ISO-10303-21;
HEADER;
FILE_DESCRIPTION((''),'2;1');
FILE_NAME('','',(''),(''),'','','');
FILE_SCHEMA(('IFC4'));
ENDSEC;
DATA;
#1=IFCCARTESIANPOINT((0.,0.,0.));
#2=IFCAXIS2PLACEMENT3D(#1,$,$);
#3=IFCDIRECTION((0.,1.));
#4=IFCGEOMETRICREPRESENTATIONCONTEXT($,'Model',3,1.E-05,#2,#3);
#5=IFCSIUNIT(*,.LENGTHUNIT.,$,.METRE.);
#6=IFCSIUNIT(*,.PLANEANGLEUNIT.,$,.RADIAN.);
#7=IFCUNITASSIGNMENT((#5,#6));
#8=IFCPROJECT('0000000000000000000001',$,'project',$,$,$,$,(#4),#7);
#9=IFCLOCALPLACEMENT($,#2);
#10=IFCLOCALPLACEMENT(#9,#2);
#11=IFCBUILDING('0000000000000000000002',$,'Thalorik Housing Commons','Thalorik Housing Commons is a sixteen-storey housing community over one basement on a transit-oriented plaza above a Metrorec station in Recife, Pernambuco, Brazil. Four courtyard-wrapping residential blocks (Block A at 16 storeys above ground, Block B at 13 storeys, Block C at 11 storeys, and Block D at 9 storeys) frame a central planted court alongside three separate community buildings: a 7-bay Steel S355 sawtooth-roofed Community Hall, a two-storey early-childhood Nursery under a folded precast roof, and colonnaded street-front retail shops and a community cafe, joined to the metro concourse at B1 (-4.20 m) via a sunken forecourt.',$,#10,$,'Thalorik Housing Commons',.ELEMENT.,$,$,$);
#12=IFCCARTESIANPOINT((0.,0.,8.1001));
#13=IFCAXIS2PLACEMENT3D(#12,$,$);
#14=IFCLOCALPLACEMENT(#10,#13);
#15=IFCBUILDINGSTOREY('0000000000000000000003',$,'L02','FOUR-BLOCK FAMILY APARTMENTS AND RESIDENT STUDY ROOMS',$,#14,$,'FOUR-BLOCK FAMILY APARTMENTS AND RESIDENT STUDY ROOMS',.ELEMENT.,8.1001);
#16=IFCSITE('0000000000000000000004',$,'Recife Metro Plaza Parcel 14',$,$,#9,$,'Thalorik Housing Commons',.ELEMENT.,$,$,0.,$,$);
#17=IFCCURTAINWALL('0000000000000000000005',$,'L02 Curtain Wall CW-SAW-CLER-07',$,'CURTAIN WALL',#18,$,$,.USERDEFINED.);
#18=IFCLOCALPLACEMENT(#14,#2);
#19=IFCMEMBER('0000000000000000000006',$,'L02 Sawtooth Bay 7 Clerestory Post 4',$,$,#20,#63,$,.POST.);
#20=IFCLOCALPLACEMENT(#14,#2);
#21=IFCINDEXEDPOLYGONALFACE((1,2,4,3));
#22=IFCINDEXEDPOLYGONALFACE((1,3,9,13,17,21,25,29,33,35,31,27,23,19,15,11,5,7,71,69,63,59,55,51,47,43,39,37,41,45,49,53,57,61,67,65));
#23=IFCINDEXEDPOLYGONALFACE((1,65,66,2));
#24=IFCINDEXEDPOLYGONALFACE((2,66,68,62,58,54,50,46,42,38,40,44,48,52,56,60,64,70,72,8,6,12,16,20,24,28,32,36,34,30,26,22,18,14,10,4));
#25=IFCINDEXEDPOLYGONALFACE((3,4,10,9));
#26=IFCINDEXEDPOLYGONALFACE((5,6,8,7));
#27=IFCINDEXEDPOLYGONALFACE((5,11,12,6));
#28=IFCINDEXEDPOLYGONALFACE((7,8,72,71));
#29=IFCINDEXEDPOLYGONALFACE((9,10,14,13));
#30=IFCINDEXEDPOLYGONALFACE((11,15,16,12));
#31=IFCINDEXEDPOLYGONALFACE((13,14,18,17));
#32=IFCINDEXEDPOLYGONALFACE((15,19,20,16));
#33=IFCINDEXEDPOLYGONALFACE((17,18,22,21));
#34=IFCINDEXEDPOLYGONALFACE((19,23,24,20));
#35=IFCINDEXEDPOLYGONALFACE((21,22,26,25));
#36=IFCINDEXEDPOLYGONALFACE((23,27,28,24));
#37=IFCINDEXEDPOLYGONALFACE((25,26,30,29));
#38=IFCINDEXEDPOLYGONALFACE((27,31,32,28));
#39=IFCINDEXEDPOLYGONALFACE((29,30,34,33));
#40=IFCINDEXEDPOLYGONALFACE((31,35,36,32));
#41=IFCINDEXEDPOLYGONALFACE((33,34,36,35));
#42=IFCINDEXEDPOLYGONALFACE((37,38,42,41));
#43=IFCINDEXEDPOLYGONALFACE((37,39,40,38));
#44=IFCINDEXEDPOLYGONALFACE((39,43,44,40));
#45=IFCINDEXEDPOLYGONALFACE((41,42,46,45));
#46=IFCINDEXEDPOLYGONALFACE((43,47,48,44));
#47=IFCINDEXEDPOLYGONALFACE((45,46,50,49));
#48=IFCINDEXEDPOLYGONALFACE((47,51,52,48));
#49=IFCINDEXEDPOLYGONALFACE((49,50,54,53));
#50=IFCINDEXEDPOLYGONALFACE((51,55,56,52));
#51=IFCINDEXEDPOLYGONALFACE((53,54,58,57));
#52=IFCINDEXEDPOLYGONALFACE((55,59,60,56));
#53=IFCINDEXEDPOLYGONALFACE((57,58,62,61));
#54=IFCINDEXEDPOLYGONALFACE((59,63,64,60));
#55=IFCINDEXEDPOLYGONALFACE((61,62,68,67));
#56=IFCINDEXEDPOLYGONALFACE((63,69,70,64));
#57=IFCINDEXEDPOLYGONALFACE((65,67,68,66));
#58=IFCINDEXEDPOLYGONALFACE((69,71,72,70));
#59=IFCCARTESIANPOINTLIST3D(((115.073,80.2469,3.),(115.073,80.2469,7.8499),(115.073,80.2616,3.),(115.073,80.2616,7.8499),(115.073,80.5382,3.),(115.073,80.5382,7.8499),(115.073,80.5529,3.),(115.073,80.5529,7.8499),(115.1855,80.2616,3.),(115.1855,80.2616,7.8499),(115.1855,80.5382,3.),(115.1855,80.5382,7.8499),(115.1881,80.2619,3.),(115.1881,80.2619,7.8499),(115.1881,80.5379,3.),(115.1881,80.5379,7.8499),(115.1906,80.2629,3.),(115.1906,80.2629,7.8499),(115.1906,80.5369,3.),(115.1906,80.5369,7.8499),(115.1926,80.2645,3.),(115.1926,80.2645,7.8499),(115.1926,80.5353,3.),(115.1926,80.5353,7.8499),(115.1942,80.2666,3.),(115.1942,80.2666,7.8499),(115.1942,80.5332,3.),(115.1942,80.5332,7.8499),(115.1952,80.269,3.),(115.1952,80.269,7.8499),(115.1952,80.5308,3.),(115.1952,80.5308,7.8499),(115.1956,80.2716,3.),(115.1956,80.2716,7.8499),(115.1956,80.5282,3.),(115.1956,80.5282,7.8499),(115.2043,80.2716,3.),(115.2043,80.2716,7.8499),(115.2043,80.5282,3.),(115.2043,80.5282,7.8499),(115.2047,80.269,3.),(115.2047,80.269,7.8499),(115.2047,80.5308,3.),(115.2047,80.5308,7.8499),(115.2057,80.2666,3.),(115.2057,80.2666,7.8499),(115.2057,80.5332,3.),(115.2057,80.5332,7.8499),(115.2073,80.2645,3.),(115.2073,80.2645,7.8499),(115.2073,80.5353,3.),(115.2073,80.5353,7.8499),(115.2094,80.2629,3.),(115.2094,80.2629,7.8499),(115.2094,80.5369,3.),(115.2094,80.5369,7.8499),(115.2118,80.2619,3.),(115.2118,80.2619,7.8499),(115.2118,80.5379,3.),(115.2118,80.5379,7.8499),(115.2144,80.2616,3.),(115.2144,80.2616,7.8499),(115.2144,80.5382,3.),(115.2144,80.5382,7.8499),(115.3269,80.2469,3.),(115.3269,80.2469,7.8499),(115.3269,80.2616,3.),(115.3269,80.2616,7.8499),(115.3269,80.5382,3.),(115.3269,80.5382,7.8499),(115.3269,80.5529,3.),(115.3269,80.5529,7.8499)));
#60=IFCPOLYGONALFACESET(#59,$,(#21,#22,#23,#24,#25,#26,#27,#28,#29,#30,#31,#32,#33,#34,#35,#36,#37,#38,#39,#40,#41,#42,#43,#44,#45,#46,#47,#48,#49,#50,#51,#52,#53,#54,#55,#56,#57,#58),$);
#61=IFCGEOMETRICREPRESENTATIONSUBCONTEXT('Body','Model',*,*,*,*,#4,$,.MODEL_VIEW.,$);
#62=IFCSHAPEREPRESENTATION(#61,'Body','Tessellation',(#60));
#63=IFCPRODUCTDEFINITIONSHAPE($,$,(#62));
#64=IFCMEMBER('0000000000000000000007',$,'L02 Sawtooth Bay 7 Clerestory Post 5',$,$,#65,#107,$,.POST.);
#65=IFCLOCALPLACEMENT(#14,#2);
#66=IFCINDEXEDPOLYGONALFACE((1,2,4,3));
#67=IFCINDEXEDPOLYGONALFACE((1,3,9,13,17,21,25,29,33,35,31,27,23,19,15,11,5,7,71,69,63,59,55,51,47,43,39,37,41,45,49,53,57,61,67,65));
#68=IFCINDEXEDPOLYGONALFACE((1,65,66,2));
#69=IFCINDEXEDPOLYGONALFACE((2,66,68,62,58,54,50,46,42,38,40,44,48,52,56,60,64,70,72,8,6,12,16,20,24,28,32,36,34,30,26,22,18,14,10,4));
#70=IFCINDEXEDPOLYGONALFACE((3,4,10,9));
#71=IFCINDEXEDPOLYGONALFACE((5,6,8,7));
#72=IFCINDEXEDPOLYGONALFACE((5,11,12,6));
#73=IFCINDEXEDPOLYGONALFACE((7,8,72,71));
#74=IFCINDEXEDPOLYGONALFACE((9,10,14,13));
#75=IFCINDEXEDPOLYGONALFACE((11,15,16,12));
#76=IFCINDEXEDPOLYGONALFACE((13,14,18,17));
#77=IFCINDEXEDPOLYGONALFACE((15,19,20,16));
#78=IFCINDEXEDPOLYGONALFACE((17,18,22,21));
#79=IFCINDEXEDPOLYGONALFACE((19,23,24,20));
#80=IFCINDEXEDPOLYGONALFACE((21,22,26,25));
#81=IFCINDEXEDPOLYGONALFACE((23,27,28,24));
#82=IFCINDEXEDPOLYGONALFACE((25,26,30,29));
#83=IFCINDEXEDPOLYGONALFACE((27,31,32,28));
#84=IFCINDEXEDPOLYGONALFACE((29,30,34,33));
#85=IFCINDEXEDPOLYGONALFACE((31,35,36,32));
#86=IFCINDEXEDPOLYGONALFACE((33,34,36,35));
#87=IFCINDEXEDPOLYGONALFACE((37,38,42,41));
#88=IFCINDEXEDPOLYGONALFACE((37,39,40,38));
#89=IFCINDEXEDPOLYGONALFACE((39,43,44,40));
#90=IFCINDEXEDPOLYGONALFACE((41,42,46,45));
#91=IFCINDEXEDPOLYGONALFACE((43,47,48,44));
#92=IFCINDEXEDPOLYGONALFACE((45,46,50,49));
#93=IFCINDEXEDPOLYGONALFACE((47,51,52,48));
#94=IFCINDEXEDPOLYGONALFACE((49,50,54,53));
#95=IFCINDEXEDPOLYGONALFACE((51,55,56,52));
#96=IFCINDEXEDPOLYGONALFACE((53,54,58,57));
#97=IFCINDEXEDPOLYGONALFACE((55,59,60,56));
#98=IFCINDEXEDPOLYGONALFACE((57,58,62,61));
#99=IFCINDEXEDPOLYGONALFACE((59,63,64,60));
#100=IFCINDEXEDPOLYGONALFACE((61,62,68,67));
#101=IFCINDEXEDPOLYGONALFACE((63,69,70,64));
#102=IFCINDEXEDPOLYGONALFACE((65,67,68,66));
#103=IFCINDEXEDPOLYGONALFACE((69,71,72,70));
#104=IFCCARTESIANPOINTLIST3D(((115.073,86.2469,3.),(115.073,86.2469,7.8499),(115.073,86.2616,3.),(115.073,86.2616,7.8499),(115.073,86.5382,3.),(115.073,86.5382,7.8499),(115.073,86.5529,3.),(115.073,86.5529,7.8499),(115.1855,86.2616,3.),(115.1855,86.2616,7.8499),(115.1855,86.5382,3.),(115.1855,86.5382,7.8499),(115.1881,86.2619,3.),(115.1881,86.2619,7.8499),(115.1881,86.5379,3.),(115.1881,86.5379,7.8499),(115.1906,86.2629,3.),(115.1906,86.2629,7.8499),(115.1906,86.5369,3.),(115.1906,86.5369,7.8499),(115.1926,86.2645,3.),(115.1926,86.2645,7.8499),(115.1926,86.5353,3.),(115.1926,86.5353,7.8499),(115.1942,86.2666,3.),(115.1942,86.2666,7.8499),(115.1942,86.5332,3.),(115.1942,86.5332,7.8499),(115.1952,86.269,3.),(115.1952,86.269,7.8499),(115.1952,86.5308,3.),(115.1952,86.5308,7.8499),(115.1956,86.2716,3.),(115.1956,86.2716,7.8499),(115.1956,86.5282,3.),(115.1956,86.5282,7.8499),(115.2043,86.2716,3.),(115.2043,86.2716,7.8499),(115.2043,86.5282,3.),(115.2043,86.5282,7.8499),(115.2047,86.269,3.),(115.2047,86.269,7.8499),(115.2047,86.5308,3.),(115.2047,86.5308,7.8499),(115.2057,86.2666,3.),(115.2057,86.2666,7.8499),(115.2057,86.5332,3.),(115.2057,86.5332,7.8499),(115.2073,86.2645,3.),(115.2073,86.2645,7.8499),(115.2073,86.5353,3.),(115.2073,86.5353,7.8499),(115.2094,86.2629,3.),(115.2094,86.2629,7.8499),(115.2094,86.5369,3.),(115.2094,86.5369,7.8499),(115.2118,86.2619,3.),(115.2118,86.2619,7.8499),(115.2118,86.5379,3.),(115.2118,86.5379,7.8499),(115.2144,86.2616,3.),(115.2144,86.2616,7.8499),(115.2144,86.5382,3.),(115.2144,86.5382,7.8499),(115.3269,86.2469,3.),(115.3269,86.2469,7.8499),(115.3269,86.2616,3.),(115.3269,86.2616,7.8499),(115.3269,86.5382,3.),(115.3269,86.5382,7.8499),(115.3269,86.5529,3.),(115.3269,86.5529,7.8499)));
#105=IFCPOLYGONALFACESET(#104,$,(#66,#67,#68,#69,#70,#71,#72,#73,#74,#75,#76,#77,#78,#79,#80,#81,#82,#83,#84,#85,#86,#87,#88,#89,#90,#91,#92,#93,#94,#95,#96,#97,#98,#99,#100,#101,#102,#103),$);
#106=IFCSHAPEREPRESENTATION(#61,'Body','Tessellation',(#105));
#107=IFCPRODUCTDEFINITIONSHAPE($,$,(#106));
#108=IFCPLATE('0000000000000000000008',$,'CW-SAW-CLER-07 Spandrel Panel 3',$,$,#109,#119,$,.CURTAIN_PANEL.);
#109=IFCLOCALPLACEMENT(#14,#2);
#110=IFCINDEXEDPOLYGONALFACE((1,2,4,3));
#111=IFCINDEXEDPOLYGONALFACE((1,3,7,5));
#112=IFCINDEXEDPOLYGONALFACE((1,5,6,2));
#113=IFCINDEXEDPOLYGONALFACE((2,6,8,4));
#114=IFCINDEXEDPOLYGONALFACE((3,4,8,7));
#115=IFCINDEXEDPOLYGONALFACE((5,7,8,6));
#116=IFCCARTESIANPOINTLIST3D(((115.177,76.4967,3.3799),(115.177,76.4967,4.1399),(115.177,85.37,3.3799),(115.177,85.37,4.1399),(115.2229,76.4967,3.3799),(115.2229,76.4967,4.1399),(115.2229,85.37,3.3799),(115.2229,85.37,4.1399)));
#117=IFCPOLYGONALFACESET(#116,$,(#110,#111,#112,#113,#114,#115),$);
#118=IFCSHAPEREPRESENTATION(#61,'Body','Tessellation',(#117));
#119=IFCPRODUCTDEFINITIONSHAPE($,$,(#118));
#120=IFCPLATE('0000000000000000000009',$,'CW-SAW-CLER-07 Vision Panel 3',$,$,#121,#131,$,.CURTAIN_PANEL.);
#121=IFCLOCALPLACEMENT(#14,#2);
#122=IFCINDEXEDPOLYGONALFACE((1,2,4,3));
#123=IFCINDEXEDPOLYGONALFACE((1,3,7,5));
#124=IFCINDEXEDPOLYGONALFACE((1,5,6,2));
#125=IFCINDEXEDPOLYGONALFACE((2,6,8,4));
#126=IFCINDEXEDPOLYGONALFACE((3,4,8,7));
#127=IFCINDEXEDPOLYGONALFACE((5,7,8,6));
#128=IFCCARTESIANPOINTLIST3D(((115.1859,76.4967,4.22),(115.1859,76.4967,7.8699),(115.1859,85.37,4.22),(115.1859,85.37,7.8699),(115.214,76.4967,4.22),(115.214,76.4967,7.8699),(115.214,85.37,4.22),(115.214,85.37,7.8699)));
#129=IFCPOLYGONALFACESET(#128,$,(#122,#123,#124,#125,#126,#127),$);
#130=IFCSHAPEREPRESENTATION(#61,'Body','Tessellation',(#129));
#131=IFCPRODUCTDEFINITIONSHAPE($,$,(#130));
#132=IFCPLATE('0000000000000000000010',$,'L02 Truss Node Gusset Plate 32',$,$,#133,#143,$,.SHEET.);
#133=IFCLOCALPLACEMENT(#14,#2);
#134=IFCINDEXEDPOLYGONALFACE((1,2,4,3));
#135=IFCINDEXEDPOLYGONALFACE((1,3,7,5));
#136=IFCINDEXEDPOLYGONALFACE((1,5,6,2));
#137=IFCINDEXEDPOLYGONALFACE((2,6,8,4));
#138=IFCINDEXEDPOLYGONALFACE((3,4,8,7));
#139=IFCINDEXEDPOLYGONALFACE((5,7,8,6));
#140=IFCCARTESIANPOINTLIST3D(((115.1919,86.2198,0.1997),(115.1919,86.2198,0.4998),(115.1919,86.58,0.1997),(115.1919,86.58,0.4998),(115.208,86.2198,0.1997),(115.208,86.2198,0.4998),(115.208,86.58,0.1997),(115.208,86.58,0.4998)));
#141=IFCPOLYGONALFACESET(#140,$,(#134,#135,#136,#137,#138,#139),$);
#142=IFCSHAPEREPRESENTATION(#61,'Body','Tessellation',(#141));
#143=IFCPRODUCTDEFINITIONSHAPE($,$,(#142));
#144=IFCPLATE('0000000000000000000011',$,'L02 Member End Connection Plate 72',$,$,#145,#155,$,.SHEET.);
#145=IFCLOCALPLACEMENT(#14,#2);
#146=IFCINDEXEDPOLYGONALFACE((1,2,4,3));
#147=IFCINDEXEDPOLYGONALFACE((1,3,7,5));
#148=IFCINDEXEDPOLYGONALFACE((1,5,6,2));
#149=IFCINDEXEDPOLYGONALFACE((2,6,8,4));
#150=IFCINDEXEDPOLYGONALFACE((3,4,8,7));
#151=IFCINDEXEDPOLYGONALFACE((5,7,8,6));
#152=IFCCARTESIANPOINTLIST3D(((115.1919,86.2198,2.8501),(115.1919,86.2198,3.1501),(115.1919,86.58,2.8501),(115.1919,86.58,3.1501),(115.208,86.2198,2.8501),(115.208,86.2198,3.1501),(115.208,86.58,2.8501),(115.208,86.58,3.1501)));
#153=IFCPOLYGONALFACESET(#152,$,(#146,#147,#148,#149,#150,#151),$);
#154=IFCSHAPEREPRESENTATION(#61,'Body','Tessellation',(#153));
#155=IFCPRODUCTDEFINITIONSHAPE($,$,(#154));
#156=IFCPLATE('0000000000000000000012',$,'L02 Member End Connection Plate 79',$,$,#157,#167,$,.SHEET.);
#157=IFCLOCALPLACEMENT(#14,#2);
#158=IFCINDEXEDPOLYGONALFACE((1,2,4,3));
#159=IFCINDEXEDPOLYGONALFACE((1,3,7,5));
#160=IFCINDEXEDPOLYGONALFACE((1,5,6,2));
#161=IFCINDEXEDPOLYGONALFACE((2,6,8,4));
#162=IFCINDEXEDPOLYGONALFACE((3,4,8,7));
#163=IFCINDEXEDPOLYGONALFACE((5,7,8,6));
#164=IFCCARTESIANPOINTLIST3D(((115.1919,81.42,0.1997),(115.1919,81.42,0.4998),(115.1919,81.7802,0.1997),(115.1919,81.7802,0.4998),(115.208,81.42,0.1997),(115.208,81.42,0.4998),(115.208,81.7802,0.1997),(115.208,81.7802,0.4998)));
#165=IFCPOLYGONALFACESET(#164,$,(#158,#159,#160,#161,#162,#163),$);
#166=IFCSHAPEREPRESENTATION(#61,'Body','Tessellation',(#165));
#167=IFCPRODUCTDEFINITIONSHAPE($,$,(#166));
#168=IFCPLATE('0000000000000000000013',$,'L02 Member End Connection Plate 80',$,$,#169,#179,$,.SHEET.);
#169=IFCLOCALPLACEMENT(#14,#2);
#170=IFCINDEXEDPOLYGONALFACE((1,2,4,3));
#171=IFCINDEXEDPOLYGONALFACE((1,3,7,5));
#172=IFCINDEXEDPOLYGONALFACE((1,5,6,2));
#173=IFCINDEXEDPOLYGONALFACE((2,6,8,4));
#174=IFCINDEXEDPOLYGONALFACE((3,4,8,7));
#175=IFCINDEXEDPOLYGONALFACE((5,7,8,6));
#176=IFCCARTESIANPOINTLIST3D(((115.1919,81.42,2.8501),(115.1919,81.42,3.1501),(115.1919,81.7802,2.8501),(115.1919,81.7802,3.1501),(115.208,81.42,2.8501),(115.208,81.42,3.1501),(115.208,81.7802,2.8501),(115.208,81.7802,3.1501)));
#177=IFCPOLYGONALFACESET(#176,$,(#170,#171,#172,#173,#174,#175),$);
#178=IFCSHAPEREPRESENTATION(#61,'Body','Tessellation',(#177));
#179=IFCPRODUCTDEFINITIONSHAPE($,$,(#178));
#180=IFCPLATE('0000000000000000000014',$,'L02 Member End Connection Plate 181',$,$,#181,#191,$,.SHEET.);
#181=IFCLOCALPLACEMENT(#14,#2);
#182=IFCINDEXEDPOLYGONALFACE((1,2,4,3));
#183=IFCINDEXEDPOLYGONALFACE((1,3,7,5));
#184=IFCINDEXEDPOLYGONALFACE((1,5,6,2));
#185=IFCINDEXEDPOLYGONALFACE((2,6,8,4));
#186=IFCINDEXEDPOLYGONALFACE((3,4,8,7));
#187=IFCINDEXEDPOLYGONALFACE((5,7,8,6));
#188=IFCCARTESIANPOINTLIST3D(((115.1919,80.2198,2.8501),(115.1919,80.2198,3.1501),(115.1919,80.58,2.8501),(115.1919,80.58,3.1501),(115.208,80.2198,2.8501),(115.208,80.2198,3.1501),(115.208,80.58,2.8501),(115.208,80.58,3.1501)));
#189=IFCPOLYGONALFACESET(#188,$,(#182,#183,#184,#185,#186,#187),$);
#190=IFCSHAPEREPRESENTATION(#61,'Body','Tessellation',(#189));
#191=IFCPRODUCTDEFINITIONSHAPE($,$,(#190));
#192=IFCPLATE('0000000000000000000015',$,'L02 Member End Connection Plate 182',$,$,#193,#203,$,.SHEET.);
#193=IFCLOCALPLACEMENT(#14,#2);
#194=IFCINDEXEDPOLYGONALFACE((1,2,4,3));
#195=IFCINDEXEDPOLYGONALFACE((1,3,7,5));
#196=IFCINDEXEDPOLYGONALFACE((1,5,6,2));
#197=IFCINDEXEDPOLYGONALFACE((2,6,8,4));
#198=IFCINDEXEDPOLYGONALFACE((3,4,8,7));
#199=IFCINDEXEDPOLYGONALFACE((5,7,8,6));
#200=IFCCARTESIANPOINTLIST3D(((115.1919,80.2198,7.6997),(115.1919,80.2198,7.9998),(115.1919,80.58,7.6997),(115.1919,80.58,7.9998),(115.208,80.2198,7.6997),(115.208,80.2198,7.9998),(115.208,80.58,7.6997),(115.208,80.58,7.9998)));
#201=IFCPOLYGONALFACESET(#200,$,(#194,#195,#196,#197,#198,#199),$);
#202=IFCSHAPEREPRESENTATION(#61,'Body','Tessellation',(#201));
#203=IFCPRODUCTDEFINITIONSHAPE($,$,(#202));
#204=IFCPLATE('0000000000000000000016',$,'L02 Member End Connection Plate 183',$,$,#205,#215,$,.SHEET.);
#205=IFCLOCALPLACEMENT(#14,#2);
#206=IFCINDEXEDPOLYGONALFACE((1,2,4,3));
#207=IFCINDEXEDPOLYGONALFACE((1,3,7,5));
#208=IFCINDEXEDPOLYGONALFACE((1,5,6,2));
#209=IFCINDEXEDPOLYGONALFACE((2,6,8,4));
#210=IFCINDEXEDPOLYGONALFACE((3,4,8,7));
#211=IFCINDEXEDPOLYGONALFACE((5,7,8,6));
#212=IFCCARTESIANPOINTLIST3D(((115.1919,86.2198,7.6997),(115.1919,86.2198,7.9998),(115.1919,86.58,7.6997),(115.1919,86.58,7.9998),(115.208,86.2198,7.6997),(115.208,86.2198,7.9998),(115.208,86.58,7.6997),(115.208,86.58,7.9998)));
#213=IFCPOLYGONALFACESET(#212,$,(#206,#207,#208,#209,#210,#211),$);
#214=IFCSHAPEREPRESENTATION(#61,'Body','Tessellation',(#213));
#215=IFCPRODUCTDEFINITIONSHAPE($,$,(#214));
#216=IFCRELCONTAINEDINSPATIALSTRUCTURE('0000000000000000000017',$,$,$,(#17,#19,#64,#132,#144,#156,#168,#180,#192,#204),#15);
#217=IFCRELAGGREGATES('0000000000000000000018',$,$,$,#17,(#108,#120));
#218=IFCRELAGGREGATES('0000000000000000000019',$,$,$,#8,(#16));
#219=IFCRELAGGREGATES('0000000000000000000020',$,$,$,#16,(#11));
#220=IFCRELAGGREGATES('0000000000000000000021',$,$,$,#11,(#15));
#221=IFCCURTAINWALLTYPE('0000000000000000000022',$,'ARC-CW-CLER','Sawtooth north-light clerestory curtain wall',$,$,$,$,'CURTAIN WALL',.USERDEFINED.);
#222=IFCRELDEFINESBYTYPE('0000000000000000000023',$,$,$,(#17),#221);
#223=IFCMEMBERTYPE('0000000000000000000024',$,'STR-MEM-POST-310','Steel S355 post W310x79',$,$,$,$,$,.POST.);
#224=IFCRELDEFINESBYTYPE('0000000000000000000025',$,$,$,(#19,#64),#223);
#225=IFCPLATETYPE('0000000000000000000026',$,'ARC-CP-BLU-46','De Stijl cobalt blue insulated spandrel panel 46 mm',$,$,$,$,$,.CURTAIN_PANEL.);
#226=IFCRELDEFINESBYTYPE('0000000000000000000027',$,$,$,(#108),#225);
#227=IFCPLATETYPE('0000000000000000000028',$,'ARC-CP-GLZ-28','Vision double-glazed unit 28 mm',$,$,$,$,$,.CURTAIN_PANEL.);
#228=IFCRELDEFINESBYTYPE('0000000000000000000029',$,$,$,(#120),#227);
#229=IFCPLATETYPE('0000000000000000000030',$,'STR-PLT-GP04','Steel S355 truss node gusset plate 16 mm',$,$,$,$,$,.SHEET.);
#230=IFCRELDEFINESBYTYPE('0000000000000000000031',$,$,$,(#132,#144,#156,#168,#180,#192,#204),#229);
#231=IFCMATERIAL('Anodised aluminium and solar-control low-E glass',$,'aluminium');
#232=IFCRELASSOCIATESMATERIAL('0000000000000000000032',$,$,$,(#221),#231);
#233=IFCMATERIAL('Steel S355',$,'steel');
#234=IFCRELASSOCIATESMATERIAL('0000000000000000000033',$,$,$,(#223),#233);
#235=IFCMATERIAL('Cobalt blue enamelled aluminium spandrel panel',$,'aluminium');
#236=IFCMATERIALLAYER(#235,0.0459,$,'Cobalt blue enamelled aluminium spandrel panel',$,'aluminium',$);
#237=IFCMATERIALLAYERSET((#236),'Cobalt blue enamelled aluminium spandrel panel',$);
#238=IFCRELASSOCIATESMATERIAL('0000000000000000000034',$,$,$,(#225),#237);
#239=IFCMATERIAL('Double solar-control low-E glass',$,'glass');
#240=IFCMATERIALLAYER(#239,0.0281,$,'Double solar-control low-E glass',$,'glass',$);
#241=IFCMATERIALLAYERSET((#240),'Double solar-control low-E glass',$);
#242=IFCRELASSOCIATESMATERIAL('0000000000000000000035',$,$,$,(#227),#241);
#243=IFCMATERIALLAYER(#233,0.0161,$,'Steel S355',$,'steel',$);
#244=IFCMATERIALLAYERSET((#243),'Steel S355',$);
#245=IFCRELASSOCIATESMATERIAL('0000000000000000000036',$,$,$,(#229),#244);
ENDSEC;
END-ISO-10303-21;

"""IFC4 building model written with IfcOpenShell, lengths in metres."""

from ifc_helpers import new_model, si_unit, direction, frame, origin, origin_2d, place, context, subcontext, project, spatial, rectangle, i_section, extrude, material, layer, layer_set, material_profile, profile_set, type_object, element, aggregate, save


model = new_model("IFC4")

# Units and contexts
model_context = context("Model", 3, precision=1e-05, world=origin(), true_north=direction((0.0, 1.0)))
body_context = subcontext(model_context, "Body", "Model", "MODEL_VIEW")
ifc_project = project(units=[si_unit("LENGTHUNIT", "METRE"), si_unit("PLANEANGLEUNIT", "RADIAN")], contexts=[model_context])

# Site, building, storey
site_placement = place(None, origin())
site = spatial("IfcSite", under=ifc_project, at=site_placement, Name="Recife Metro Plaza Parcel 14", LongName="Thalorik Housing Commons", CompositionType="ELEMENT", RefElevation=0.0)
building_placement = place(site_placement, origin())
building = spatial("IfcBuilding", under=site, at=building_placement, Name="Thalorik Housing Commons", Description="Thalorik Housing Commons is a sixteen-storey housing community over one basement on a transit-oriented plaza above a Metrorec station in Recife, Pernambuco, Brazil. Four courtyard-wrapping residential blocks (Block A at 16 storeys above ground, Block B at 13 storeys, Block C at 11 storeys, and Block D at 9 storeys) frame a central planted court alongside three separate community buildings: a 7-bay Steel S355 sawtooth-roofed Community Hall, a two-storey early-childhood Nursery under a folded precast roof, and colonnaded street-front retail shops and a community cafe, joined to the metro concourse at B1 (-4.20 m) via a sunken forecourt.", LongName="Thalorik Housing Commons", CompositionType="ELEMENT")
storey_placement = place(building_placement, frame((0.0, 0.0, 8.1001)))
storey = spatial("IfcBuildingStorey", under=building, at=storey_placement, Name="L02", Description="FOUR-BLOCK FAMILY APARTMENTS AND RESIDENT STUDY ROOMS", LongName="FOUR-BLOCK FAMILY APARTMENTS AND RESIDENT STUDY ROOMS", CompositionType="ELEMENT", Elevation=8.1001)

# Shared definitions
ifc_material_1 = material(Name="Steel S355", Category="steel")

# Curtain wall
ifc_material_2 = material(Name="Anodised aluminium and solar-control low-E glass", Category="aluminium")
curtain_wall_type = type_object("IfcCurtainWallType", Name="ARC-CW-CLER", Description="Sawtooth north-light clerestory curtain wall", ElementType="CURTAIN WALL", PredefinedType="USERDEFINED", material=ifc_material_2)
curtain_wall_placement = place(storey_placement, origin())
curtain_wall = element("IfcCurtainWall", 1, at=curtain_wall_placement, inside=storey, type_object=curtain_wall_type, Name="L02 Curtain Wall CW-SAW-CLER-07", ObjectType="CURTAIN WALL", PredefinedType="USERDEFINED")

# Members
ifc_material_profile_1 = material_profile(ifc_material_1, i_section(OverallWidth=0.2539, OverallDepth=0.3059, WebThickness=0.0088, FlangeThickness=0.0146, FilletRadius=0.01, at=origin_2d()), Name="W310x79", Category="steel")
ifc_profile_set_1 = profile_set([ifc_material_profile_1], Name="Steel S355")
member_type_1 = type_object("IfcMemberType", Name="STR-MEM-POST-310", Description="Steel S355 post W310x79", PredefinedType="POST", material=ifc_profile_set_1)
for number, where, z_axis, x_axis, name in (
    (2, (115.2, 80.3999, 3.0), (0.0, 0.0, 1.0), (1.0, 0.0, 0.0), "L02 Sawtooth Bay 7 Clerestory Post 4"),
    (3, (115.2, 86.3999, 3.0), (0.0, 0.0, 1.0), (1.0, 0.0, 0.0), "L02 Sawtooth Bay 7 Clerestory Post 5"),
):
    element("IfcMember", number, at=place(storey_placement, frame(where, z_axis=z_axis, x_axis=x_axis)), inside=storey, type_object=member_type_1, Name=name, PredefinedType="POST", context=body_context, shape_type="SweptSolid", body=[
        extrude(i_section(OverallWidth=0.2539, OverallDepth=0.3059, WebThickness=0.0088, FlangeThickness=0.0146, FilletRadius=0.01, at=origin_2d()), origin(), (0.0, 0.0, 1.0), 4.8499),
    ])

# Plates
ifc_material_3 = material(Name="Cobalt blue enamelled aluminium spandrel panel", Category="aluminium")
ifc_layer_1 = layer(ifc_material_3, 0.0459, Name="Cobalt blue enamelled aluminium spandrel panel", Category="aluminium")
ifc_layer_set_1 = layer_set([ifc_layer_1], Name="Cobalt blue enamelled aluminium spandrel panel")
plate_type_1 = type_object("IfcPlateType", Name="ARC-CP-BLU-46", Description="De Stijl cobalt blue insulated spandrel panel 46 mm", PredefinedType="CURTAIN_PANEL", material=ifc_layer_set_1)
plate_1_placement = place(storey_placement, frame((115.2, 80.9333, 3.3799), z_axis=(0.0, 0.0, 1.0), x_axis=(0.0, 1.0, 0.0)))
plate_1 = element("IfcPlate", 4, at=plate_1_placement, type_object=plate_type_1, Name="CW-SAW-CLER-07 Spandrel Panel 3", PredefinedType="CURTAIN_PANEL", context=body_context, shape_type="SweptSolid", body=[
    extrude(rectangle(XDim=8.8733, YDim=0.0459, at=origin_2d()), origin(), (0.0, 0.0, 1.0), 0.76),
])
ifc_material_4 = material(Name="Double solar-control low-E glass", Category="glass")
ifc_layer_2 = layer(ifc_material_4, 0.0281, Name="Double solar-control low-E glass", Category="glass")
ifc_layer_set_2 = layer_set([ifc_layer_2], Name="Double solar-control low-E glass")
plate_type_2 = type_object("IfcPlateType", Name="ARC-CP-GLZ-28", Description="Vision double-glazed unit 28 mm", PredefinedType="CURTAIN_PANEL", material=ifc_layer_set_2)
plate_2_placement = place(storey_placement, frame((115.2, 80.9333, 4.22), z_axis=(0.0, 0.0, 1.0), x_axis=(0.0, 1.0, 0.0)))
plate_2 = element("IfcPlate", 5, at=plate_2_placement, type_object=plate_type_2, Name="CW-SAW-CLER-07 Vision Panel 3", PredefinedType="CURTAIN_PANEL", context=body_context, shape_type="SweptSolid", body=[
    extrude(rectangle(XDim=8.8733, YDim=0.0281, at=origin_2d()), origin(), (0.0, 0.0, 1.0), 3.6499),
])
aggregate(curtain_wall, [plate_1, plate_2])

# Plates
ifc_layer_3 = layer(ifc_material_1, 0.0161, Name="Steel S355", Category="steel")
ifc_layer_set_3 = layer_set([ifc_layer_3], Name="Steel S355")
plate_type_3 = type_object("IfcPlateType", Name="STR-PLT-GP04", Description="Steel S355 truss node gusset plate 16 mm", PredefinedType="SHEET", material=ifc_layer_set_3)
for number, where, z_axis, x_axis, name in (
    (6, (115.2, 86.3999, 0.1997), (0.0, 0.0, 1.0), (1.0, 0.0, 0.0), "L02 Truss Node Gusset Plate 32"),
    (7, (115.2, 86.3999, 2.8501), (0.0, 0.0, 1.0), (1.0, 0.0, 0.0), "L02 Member End Connection Plate 72"),
    (8, (115.2, 81.6001, 0.1997), (0.0, 0.0, 1.0), (1.0, 0.0, 0.0), "L02 Member End Connection Plate 79"),
    (9, (115.2, 81.6001, 2.8501), (0.0, 0.0, 1.0), (1.0, 0.0, 0.0), "L02 Member End Connection Plate 80"),
    (10, (115.2, 80.3999, 2.8501), (0.0, 0.0, 1.0), (1.0, 0.0, 0.0), "L02 Member End Connection Plate 181"),
    (11, (115.2, 80.3999, 7.6997), (0.0, 0.0, 1.0), (1.0, 0.0, 0.0), "L02 Member End Connection Plate 182"),
    (12, (115.2, 86.3999, 7.6997), (0.0, 0.0, 1.0), (1.0, 0.0, 0.0), "L02 Member End Connection Plate 183"),
):
    element("IfcPlate", number, at=place(storey_placement, frame(where, z_axis=z_axis, x_axis=x_axis)), inside=storey, type_object=plate_type_3, Name=name, PredefinedType="SHEET", context=body_context, shape_type="SweptSolid", body=[
        extrude(rectangle(XDim=0.0161, YDim=0.3601, at=origin_2d()), origin(), (0.0, 0.0, 1.0), 0.3),
    ])

save(model, "model.ifc")
